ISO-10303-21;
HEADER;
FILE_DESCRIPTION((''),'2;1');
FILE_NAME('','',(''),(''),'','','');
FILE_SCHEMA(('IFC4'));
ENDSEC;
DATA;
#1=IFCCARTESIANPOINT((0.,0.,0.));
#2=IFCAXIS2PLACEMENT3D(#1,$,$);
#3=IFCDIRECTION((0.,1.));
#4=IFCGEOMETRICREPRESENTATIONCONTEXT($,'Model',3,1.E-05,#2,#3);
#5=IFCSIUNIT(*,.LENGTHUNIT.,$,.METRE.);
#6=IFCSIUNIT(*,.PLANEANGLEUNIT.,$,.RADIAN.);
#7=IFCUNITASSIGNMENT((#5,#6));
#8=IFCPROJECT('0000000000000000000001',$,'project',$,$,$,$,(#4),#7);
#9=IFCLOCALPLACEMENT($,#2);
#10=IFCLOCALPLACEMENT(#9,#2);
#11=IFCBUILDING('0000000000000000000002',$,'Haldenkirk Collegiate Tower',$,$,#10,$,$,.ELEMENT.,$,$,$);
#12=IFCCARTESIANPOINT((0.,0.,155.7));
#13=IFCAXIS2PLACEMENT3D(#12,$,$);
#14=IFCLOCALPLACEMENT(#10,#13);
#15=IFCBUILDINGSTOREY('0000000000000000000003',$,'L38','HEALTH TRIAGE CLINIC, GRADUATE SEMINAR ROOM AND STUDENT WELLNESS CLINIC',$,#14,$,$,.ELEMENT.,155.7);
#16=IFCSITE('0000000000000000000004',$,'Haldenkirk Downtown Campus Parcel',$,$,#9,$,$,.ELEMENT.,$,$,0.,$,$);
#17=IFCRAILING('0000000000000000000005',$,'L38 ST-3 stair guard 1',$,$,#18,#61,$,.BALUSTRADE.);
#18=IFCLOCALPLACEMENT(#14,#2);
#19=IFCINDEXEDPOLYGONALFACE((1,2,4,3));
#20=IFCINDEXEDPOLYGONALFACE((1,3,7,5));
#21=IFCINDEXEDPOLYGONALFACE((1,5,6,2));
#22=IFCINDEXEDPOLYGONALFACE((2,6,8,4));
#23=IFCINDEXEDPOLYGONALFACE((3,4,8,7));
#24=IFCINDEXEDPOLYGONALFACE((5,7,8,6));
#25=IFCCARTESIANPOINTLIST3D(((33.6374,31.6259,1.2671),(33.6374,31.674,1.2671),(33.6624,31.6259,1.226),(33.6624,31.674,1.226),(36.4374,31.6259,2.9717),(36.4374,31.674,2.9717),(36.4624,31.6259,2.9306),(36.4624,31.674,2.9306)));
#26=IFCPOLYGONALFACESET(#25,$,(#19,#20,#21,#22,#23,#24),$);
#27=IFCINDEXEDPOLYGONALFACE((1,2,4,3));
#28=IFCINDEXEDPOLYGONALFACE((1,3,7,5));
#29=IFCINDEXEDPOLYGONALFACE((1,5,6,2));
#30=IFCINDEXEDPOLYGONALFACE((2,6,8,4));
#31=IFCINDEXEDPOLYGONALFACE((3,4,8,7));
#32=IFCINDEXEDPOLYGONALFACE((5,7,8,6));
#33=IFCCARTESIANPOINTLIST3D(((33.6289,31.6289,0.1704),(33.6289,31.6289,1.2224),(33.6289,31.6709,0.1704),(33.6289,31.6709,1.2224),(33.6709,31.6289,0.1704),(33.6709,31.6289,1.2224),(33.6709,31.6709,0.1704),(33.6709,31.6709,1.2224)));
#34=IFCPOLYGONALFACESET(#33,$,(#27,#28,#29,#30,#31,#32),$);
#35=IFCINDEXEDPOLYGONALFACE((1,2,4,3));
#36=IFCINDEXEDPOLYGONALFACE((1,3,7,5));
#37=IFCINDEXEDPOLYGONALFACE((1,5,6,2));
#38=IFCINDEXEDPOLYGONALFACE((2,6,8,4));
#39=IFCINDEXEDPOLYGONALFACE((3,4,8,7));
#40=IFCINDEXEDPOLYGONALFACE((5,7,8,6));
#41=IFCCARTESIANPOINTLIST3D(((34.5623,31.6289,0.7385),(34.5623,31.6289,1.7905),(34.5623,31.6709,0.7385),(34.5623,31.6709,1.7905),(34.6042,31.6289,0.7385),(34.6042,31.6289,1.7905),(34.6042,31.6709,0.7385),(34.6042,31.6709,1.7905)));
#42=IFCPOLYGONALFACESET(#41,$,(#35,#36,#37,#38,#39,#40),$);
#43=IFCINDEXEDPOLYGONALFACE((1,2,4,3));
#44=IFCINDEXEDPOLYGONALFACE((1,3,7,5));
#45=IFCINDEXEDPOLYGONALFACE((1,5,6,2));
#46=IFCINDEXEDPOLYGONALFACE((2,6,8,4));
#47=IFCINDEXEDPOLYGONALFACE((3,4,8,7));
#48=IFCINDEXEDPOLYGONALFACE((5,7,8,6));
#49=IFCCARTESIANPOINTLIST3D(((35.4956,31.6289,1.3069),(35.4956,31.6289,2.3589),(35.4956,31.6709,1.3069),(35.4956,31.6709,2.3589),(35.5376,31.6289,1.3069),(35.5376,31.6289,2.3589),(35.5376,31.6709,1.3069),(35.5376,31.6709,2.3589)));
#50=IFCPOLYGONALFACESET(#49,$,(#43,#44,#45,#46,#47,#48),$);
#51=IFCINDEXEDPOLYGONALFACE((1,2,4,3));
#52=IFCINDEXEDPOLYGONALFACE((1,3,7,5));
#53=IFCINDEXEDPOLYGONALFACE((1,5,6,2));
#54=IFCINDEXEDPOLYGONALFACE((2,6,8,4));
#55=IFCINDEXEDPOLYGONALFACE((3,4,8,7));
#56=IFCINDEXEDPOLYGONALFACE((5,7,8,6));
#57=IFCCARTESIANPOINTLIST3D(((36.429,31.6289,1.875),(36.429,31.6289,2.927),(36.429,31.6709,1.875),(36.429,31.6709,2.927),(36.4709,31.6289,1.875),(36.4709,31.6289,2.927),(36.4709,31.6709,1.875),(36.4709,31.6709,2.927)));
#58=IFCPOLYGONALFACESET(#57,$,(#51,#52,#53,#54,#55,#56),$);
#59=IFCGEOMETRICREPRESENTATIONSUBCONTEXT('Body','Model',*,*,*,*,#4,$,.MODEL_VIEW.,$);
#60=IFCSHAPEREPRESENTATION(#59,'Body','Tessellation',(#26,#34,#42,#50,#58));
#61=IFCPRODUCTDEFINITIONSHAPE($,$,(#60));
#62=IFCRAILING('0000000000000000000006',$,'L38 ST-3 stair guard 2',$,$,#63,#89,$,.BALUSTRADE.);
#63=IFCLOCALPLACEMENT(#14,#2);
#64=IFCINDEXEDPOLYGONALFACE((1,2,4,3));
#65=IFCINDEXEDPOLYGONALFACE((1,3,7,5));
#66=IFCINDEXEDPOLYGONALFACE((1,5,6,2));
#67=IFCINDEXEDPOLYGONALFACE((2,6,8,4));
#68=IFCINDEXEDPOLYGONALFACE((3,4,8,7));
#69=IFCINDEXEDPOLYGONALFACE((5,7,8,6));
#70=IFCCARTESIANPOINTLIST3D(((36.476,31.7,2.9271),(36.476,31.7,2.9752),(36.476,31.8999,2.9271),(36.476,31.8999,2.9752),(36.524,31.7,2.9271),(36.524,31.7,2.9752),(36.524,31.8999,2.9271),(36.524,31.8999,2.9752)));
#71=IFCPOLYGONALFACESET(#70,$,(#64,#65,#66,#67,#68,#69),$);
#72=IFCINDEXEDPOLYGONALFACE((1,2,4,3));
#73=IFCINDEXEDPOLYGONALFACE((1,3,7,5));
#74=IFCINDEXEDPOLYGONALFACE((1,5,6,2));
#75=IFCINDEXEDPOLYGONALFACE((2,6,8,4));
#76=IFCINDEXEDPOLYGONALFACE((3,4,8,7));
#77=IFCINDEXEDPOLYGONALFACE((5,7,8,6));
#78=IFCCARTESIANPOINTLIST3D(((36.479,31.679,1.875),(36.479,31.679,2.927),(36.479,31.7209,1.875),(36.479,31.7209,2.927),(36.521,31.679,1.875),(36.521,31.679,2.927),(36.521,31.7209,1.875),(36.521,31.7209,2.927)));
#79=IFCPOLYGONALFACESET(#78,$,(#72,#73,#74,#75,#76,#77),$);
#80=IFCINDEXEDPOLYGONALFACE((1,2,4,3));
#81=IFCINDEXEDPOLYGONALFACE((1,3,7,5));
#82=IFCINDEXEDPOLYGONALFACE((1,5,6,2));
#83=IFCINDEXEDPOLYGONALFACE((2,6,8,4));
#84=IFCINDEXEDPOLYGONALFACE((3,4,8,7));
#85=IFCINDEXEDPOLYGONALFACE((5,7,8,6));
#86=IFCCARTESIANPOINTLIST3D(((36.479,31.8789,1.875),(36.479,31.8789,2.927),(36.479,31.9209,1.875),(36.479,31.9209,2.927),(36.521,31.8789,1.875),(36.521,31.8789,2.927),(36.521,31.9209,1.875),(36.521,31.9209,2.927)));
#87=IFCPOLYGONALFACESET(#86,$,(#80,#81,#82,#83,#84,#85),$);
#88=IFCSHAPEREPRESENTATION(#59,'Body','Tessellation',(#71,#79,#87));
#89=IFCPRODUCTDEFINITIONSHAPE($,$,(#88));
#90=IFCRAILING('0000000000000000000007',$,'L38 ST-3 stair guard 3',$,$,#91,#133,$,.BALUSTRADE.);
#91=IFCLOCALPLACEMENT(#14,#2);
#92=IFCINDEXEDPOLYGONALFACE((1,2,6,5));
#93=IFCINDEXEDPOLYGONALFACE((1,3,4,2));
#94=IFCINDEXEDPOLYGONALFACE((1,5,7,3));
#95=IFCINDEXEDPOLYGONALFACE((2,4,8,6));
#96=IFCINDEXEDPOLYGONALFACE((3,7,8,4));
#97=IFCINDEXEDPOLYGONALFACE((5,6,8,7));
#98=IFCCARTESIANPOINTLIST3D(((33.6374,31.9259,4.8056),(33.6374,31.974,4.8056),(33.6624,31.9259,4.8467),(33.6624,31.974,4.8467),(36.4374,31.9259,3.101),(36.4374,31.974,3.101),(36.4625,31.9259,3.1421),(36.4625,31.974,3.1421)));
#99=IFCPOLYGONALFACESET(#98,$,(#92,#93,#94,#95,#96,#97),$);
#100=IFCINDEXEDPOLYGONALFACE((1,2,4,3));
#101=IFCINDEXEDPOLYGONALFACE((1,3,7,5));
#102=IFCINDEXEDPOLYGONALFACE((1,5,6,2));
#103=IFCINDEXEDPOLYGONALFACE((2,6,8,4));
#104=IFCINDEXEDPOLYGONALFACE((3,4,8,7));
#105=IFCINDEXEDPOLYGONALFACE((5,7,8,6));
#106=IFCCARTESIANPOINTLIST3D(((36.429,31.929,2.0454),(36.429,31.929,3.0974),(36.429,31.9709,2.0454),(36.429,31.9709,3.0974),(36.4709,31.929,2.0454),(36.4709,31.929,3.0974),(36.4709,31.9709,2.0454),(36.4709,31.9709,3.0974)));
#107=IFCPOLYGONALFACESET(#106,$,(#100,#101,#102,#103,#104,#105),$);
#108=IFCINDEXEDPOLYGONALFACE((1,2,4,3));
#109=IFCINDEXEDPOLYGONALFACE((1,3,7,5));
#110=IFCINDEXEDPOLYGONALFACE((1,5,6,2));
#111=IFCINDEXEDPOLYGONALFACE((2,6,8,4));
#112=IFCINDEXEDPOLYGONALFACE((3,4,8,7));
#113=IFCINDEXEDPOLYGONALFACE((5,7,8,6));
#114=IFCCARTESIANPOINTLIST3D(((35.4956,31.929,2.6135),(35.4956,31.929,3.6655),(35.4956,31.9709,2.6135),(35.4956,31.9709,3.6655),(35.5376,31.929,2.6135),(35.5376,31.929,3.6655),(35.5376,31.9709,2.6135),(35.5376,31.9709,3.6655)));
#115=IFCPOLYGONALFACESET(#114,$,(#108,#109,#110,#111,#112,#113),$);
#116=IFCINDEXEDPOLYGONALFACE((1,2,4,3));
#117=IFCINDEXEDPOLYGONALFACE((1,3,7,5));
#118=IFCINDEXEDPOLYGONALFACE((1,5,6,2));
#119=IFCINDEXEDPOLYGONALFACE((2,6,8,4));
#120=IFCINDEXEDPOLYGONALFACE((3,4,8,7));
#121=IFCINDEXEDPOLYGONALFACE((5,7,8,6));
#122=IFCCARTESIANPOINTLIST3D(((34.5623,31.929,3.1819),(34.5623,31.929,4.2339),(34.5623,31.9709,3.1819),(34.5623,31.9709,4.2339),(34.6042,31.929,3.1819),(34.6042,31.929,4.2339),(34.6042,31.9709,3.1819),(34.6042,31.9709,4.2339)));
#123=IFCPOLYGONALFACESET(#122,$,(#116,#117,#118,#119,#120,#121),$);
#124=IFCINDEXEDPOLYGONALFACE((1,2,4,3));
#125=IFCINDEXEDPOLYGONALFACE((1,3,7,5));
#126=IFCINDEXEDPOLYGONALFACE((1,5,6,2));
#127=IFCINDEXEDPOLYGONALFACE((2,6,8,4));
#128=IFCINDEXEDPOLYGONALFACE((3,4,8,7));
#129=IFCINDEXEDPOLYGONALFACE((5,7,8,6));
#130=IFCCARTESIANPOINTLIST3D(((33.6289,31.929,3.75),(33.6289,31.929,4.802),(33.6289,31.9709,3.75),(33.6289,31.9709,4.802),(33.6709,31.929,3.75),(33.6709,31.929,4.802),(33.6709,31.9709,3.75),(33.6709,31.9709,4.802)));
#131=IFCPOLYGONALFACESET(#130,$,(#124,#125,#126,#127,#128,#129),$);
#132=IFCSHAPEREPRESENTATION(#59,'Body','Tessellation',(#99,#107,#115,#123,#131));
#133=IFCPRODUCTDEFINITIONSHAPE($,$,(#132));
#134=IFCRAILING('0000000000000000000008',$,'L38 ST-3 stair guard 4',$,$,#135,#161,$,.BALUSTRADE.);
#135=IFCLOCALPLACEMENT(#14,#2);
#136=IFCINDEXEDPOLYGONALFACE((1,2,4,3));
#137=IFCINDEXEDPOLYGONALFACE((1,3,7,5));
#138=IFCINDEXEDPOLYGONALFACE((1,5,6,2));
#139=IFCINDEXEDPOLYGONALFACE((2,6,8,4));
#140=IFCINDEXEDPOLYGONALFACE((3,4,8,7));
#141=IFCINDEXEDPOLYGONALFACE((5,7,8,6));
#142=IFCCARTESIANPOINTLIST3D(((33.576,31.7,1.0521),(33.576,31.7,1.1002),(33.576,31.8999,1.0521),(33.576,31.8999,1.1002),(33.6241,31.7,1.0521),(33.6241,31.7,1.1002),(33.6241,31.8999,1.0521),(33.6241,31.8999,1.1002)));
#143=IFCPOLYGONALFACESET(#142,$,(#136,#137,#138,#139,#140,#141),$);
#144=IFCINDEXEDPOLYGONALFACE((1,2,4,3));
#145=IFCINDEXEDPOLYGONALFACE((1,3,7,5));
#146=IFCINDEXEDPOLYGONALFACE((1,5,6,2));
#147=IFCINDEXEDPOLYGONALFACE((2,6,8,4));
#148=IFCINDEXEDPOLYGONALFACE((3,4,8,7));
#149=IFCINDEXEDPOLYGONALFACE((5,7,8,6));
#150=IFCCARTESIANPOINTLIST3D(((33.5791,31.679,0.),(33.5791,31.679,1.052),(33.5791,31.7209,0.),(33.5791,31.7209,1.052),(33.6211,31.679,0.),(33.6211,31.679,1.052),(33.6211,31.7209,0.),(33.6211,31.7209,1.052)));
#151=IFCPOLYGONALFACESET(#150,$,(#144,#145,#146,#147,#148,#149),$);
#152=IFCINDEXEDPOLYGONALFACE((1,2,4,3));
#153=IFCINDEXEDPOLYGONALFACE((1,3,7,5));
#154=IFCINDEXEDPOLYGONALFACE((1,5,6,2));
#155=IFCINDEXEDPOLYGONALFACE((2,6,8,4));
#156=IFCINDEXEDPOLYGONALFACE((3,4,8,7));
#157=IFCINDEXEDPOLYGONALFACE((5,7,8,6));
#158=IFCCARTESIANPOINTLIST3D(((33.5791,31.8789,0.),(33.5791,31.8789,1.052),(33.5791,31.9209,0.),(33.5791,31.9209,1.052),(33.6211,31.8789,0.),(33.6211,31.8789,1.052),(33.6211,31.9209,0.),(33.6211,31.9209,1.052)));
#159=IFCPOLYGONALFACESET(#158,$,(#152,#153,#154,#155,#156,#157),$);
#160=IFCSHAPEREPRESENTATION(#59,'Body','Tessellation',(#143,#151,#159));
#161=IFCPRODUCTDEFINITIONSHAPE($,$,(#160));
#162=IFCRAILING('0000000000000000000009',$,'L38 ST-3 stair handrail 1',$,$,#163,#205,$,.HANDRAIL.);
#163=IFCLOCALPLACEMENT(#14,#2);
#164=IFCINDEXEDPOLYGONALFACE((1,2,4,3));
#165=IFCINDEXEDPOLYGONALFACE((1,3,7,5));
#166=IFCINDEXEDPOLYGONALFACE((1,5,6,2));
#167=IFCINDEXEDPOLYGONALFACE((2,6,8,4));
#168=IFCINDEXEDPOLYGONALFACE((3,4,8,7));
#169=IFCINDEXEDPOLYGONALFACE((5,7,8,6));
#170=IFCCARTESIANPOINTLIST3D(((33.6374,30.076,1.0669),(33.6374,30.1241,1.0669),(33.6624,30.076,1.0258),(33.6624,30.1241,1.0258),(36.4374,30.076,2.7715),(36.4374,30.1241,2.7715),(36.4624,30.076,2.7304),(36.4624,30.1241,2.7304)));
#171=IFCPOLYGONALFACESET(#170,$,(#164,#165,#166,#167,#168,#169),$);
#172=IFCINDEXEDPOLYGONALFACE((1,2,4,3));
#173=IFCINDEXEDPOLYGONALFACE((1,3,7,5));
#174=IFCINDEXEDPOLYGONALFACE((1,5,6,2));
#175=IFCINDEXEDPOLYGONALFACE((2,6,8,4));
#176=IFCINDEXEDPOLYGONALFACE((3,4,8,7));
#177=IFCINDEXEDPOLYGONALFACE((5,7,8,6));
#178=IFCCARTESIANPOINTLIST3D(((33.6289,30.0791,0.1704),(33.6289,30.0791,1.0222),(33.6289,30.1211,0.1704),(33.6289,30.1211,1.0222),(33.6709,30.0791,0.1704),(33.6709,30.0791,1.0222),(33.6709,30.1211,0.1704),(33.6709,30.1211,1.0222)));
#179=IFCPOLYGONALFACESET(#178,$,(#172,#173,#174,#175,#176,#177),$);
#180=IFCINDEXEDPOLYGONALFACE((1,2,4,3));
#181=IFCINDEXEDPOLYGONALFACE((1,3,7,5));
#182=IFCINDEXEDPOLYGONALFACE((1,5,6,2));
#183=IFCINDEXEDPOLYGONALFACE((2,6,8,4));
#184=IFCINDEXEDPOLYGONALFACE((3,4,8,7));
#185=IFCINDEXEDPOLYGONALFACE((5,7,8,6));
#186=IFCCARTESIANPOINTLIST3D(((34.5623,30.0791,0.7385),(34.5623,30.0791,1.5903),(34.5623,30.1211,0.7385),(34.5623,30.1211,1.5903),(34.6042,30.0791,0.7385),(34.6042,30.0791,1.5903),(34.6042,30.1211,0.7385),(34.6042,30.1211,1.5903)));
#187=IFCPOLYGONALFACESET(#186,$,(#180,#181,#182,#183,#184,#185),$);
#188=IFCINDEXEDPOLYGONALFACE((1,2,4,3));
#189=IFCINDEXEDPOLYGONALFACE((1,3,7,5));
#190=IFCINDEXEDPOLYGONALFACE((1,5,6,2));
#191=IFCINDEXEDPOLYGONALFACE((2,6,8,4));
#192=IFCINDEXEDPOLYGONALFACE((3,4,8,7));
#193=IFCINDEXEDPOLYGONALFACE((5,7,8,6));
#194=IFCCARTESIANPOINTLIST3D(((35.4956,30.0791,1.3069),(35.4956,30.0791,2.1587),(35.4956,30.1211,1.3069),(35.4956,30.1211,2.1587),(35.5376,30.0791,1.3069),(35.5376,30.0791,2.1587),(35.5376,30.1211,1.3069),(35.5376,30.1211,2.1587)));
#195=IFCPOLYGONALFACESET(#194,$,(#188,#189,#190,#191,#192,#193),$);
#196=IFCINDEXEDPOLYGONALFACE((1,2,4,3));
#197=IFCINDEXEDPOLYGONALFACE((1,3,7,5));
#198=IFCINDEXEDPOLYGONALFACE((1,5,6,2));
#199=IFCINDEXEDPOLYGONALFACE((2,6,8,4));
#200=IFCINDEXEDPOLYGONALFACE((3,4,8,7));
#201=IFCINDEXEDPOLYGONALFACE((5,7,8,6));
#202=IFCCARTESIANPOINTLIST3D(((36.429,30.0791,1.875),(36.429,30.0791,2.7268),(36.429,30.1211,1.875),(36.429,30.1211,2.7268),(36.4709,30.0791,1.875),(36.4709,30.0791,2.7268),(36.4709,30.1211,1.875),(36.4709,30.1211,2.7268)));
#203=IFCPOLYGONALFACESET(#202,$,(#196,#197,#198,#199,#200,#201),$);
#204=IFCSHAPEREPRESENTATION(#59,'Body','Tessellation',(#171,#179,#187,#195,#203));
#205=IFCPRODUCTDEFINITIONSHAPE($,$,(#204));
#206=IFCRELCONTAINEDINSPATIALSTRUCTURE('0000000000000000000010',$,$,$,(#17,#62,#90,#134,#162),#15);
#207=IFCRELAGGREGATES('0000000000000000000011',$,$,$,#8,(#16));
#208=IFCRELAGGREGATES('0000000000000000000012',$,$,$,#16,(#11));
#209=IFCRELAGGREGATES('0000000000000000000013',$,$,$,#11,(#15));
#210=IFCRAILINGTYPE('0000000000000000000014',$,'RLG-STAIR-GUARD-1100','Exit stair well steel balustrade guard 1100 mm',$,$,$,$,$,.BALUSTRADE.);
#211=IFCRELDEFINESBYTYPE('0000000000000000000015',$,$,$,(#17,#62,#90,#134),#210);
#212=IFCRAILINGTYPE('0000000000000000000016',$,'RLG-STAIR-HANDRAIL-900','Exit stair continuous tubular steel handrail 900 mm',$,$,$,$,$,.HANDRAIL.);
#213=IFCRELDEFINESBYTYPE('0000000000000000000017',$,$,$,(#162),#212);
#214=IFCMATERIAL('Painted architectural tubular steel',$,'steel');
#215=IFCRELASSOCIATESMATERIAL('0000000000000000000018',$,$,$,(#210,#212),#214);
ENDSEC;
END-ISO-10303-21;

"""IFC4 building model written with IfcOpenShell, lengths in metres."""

from ifc_helpers import new_model, si_unit, direction, frame, origin, origin_2d, place, context, subcontext, project, spatial, rectangle, extrude, material, type_object, element, save


model = new_model("IFC4")

# Units and contexts
model_context = context("Model", 3, precision=1e-05, world=origin(), true_north=direction((0.0, 1.0)))
body_context = subcontext(model_context, "Body", "Model", "MODEL_VIEW")
ifc_project = project(units=[si_unit("LENGTHUNIT", "METRE"), si_unit("PLANEANGLEUNIT", "RADIAN")], contexts=[model_context])

# Site, building, storey
site_placement = place(None, origin())
site = spatial("IfcSite", under=ifc_project, at=site_placement, Name="Haldenkirk Downtown Campus Parcel", CompositionType="ELEMENT", RefElevation=0.0)
building_placement = place(site_placement, origin())
building = spatial("IfcBuilding", under=site, at=building_placement, Name="Haldenkirk Collegiate Tower", CompositionType="ELEMENT")
storey_placement = place(building_placement, frame((0.0, 0.0, 155.7)))
storey = spatial("IfcBuildingStorey", under=building, at=storey_placement, Name="L38", Description="HEALTH TRIAGE CLINIC, GRADUATE SEMINAR ROOM AND STUDENT WELLNESS CLINIC", CompositionType="ELEMENT", Elevation=155.7)

# Railings
ifc_material_1 = material(Name="Painted architectural tubular steel", Category="steel")
railing_type_1 = type_object("IfcRailingType", Name="RLG-STAIR-GUARD-1100", Description="Exit stair well steel balustrade guard 1100 mm", PredefinedType="BALUSTRADE", material=ifc_material_1)
railing_1_placement = place(storey_placement, frame((33.6499, 31.6499, 0.1704)))
element("IfcRailing", 1, at=railing_1_placement, inside=storey, type_object=railing_type_1, Name="L38 ST-3 stair guard 1", PredefinedType="BALUSTRADE", context=body_context, shape_type="SweptSolid", body=[
    extrude(rectangle(XDim=0.0481, YDim=0.0481, at=origin_2d()), frame((0.0, 0.0, 1.0762), z_axis=(0.85417, 0.0, 0.519994), x_axis=(0.0, 1.0, 0.0)), (0.0, 0.0, 1.0), 3.2781),
    extrude(rectangle(XDim=0.042, YDim=0.042, at=origin_2d()), origin(), (0.0, 0.0, 1.0), 1.052),
    extrude(rectangle(XDim=0.042, YDim=0.042, at=origin_2d()), frame((0.9333, 0.0, 0.5681)), (0.0, 0.0, 1.0), 1.052),
    extrude(rectangle(XDim=0.042, YDim=0.042, at=origin_2d()), frame((1.8667, 0.0, 1.1365)), (0.0, 0.0, 1.0), 1.052),
    extrude(rectangle(XDim=0.042, YDim=0.042, at=origin_2d()), frame((2.8, 0.0, 1.7046)), (0.0, 0.0, 1.0), 1.052),
])
railing_2_placement = place(storey_placement, frame((36.5, 31.7, 1.875)))
element("IfcRailing", 2, at=railing_2_placement, inside=storey, type_object=railing_type_1, Name="L38 ST-3 stair guard 2", PredefinedType="BALUSTRADE", context=body_context, shape_type="SweptSolid", body=[
    extrude(rectangle(XDim=0.0481, YDim=0.0481, at=origin_2d()), frame((0.0, 0.0, 1.0762), z_axis=(0.0, 1.0, 0.0), x_axis=(-1.0, 0.0, 0.0)), (0.0, 0.0, 1.0), 0.2),
    extrude(rectangle(XDim=0.042, YDim=0.042, at=origin_2d()), origin(), (0.0, 0.0, 1.0), 1.052),
    extrude(rectangle(XDim=0.042, YDim=0.042, at=origin_2d()), frame((0.0, 0.2, 0.0)), (0.0, 0.0, 1.0), 1.052),
])
railing_3_placement = place(storey_placement, frame((36.45, 31.95, 2.0454)))
element("IfcRailing", 3, at=railing_3_placement, inside=storey, type_object=railing_type_1, Name="L38 ST-3 stair guard 3", PredefinedType="BALUSTRADE", context=body_context, shape_type="SweptSolid", body=[
    extrude(rectangle(XDim=0.0481, YDim=0.0481, at=origin_2d()), frame((0.0, 0.0, 1.0762), z_axis=(-0.85417, 0.0, 0.519994), x_axis=(0.0, -1.0, 0.0)), (0.0, 0.0, 1.0), 3.2781),
    extrude(rectangle(XDim=0.042, YDim=0.042, at=origin_2d()), origin(), (0.0, 0.0, 1.0), 1.052),
    extrude(rectangle(XDim=0.042, YDim=0.042, at=origin_2d()), frame((-0.9333, 0.0, 0.5681)), (0.0, 0.0, 1.0), 1.052),
    extrude(rectangle(XDim=0.042, YDim=0.042, at=origin_2d()), frame((-1.8667, 0.0, 1.1365)), (0.0, 0.0, 1.0), 1.052),
    extrude(rectangle(XDim=0.042, YDim=0.042, at=origin_2d()), frame((-2.8, 0.0, 1.7046)), (0.0, 0.0, 1.0), 1.052),
])
railing_4_placement = place(storey_placement, frame((33.6001, 31.7, 0.0)))
element("IfcRailing", 4, at=railing_4_placement, inside=storey, type_object=railing_type_1, Name="L38 ST-3 stair guard 4", PredefinedType="BALUSTRADE", context=body_context, shape_type="SweptSolid", body=[
    extrude(rectangle(XDim=0.0481, YDim=0.0481, at=origin_2d()), frame((0.0, 0.0, 1.0762), z_axis=(0.0, 1.0, 0.0), x_axis=(-1.0, 0.0, 0.0)), (0.0, 0.0, 1.0), 0.2),
    extrude(rectangle(XDim=0.042, YDim=0.042, at=origin_2d()), origin(), (0.0, 0.0, 1.0), 1.052),
    extrude(rectangle(XDim=0.042, YDim=0.042, at=origin_2d()), frame((0.0, 0.2, 0.0)), (0.0, 0.0, 1.0), 1.052),
])
railing_type_2 = type_object("IfcRailingType", Name="RLG-STAIR-HANDRAIL-900", Description="Exit stair continuous tubular steel handrail 900 mm", PredefinedType="HANDRAIL", material=ifc_material_1)
railing_5_placement = place(storey_placement, frame((33.6499, 30.1001, 0.1704)))
element("IfcRailing", 5, at=railing_5_placement, inside=storey, type_object=railing_type_2, Name="L38 ST-3 stair handrail 1", PredefinedType="HANDRAIL", context=body_context, shape_type="SweptSolid", body=[
    extrude(rectangle(XDim=0.0481, YDim=0.0481, at=origin_2d()), frame((0.0, 0.0, 0.876), z_axis=(0.85417, 0.0, 0.519994), x_axis=(0.0, 1.0, 0.0)), (0.0, 0.0, 1.0), 3.2781),
    extrude(rectangle(XDim=0.042, YDim=0.042, at=origin_2d()), origin(), (0.0, 0.0, 1.0), 0.8518),
    extrude(rectangle(XDim=0.042, YDim=0.042, at=origin_2d()), frame((0.9333, 0.0, 0.5681)), (0.0, 0.0, 1.0), 0.8518),
    extrude(rectangle(XDim=0.042, YDim=0.042, at=origin_2d()), frame((1.8667, 0.0, 1.1365)), (0.0, 0.0, 1.0), 0.8518),
    extrude(rectangle(XDim=0.042, YDim=0.042, at=origin_2d()), frame((2.8, 0.0, 1.7046)), (0.0, 0.0, 1.0), 0.8518),
])

save(model, "model.ifc")
